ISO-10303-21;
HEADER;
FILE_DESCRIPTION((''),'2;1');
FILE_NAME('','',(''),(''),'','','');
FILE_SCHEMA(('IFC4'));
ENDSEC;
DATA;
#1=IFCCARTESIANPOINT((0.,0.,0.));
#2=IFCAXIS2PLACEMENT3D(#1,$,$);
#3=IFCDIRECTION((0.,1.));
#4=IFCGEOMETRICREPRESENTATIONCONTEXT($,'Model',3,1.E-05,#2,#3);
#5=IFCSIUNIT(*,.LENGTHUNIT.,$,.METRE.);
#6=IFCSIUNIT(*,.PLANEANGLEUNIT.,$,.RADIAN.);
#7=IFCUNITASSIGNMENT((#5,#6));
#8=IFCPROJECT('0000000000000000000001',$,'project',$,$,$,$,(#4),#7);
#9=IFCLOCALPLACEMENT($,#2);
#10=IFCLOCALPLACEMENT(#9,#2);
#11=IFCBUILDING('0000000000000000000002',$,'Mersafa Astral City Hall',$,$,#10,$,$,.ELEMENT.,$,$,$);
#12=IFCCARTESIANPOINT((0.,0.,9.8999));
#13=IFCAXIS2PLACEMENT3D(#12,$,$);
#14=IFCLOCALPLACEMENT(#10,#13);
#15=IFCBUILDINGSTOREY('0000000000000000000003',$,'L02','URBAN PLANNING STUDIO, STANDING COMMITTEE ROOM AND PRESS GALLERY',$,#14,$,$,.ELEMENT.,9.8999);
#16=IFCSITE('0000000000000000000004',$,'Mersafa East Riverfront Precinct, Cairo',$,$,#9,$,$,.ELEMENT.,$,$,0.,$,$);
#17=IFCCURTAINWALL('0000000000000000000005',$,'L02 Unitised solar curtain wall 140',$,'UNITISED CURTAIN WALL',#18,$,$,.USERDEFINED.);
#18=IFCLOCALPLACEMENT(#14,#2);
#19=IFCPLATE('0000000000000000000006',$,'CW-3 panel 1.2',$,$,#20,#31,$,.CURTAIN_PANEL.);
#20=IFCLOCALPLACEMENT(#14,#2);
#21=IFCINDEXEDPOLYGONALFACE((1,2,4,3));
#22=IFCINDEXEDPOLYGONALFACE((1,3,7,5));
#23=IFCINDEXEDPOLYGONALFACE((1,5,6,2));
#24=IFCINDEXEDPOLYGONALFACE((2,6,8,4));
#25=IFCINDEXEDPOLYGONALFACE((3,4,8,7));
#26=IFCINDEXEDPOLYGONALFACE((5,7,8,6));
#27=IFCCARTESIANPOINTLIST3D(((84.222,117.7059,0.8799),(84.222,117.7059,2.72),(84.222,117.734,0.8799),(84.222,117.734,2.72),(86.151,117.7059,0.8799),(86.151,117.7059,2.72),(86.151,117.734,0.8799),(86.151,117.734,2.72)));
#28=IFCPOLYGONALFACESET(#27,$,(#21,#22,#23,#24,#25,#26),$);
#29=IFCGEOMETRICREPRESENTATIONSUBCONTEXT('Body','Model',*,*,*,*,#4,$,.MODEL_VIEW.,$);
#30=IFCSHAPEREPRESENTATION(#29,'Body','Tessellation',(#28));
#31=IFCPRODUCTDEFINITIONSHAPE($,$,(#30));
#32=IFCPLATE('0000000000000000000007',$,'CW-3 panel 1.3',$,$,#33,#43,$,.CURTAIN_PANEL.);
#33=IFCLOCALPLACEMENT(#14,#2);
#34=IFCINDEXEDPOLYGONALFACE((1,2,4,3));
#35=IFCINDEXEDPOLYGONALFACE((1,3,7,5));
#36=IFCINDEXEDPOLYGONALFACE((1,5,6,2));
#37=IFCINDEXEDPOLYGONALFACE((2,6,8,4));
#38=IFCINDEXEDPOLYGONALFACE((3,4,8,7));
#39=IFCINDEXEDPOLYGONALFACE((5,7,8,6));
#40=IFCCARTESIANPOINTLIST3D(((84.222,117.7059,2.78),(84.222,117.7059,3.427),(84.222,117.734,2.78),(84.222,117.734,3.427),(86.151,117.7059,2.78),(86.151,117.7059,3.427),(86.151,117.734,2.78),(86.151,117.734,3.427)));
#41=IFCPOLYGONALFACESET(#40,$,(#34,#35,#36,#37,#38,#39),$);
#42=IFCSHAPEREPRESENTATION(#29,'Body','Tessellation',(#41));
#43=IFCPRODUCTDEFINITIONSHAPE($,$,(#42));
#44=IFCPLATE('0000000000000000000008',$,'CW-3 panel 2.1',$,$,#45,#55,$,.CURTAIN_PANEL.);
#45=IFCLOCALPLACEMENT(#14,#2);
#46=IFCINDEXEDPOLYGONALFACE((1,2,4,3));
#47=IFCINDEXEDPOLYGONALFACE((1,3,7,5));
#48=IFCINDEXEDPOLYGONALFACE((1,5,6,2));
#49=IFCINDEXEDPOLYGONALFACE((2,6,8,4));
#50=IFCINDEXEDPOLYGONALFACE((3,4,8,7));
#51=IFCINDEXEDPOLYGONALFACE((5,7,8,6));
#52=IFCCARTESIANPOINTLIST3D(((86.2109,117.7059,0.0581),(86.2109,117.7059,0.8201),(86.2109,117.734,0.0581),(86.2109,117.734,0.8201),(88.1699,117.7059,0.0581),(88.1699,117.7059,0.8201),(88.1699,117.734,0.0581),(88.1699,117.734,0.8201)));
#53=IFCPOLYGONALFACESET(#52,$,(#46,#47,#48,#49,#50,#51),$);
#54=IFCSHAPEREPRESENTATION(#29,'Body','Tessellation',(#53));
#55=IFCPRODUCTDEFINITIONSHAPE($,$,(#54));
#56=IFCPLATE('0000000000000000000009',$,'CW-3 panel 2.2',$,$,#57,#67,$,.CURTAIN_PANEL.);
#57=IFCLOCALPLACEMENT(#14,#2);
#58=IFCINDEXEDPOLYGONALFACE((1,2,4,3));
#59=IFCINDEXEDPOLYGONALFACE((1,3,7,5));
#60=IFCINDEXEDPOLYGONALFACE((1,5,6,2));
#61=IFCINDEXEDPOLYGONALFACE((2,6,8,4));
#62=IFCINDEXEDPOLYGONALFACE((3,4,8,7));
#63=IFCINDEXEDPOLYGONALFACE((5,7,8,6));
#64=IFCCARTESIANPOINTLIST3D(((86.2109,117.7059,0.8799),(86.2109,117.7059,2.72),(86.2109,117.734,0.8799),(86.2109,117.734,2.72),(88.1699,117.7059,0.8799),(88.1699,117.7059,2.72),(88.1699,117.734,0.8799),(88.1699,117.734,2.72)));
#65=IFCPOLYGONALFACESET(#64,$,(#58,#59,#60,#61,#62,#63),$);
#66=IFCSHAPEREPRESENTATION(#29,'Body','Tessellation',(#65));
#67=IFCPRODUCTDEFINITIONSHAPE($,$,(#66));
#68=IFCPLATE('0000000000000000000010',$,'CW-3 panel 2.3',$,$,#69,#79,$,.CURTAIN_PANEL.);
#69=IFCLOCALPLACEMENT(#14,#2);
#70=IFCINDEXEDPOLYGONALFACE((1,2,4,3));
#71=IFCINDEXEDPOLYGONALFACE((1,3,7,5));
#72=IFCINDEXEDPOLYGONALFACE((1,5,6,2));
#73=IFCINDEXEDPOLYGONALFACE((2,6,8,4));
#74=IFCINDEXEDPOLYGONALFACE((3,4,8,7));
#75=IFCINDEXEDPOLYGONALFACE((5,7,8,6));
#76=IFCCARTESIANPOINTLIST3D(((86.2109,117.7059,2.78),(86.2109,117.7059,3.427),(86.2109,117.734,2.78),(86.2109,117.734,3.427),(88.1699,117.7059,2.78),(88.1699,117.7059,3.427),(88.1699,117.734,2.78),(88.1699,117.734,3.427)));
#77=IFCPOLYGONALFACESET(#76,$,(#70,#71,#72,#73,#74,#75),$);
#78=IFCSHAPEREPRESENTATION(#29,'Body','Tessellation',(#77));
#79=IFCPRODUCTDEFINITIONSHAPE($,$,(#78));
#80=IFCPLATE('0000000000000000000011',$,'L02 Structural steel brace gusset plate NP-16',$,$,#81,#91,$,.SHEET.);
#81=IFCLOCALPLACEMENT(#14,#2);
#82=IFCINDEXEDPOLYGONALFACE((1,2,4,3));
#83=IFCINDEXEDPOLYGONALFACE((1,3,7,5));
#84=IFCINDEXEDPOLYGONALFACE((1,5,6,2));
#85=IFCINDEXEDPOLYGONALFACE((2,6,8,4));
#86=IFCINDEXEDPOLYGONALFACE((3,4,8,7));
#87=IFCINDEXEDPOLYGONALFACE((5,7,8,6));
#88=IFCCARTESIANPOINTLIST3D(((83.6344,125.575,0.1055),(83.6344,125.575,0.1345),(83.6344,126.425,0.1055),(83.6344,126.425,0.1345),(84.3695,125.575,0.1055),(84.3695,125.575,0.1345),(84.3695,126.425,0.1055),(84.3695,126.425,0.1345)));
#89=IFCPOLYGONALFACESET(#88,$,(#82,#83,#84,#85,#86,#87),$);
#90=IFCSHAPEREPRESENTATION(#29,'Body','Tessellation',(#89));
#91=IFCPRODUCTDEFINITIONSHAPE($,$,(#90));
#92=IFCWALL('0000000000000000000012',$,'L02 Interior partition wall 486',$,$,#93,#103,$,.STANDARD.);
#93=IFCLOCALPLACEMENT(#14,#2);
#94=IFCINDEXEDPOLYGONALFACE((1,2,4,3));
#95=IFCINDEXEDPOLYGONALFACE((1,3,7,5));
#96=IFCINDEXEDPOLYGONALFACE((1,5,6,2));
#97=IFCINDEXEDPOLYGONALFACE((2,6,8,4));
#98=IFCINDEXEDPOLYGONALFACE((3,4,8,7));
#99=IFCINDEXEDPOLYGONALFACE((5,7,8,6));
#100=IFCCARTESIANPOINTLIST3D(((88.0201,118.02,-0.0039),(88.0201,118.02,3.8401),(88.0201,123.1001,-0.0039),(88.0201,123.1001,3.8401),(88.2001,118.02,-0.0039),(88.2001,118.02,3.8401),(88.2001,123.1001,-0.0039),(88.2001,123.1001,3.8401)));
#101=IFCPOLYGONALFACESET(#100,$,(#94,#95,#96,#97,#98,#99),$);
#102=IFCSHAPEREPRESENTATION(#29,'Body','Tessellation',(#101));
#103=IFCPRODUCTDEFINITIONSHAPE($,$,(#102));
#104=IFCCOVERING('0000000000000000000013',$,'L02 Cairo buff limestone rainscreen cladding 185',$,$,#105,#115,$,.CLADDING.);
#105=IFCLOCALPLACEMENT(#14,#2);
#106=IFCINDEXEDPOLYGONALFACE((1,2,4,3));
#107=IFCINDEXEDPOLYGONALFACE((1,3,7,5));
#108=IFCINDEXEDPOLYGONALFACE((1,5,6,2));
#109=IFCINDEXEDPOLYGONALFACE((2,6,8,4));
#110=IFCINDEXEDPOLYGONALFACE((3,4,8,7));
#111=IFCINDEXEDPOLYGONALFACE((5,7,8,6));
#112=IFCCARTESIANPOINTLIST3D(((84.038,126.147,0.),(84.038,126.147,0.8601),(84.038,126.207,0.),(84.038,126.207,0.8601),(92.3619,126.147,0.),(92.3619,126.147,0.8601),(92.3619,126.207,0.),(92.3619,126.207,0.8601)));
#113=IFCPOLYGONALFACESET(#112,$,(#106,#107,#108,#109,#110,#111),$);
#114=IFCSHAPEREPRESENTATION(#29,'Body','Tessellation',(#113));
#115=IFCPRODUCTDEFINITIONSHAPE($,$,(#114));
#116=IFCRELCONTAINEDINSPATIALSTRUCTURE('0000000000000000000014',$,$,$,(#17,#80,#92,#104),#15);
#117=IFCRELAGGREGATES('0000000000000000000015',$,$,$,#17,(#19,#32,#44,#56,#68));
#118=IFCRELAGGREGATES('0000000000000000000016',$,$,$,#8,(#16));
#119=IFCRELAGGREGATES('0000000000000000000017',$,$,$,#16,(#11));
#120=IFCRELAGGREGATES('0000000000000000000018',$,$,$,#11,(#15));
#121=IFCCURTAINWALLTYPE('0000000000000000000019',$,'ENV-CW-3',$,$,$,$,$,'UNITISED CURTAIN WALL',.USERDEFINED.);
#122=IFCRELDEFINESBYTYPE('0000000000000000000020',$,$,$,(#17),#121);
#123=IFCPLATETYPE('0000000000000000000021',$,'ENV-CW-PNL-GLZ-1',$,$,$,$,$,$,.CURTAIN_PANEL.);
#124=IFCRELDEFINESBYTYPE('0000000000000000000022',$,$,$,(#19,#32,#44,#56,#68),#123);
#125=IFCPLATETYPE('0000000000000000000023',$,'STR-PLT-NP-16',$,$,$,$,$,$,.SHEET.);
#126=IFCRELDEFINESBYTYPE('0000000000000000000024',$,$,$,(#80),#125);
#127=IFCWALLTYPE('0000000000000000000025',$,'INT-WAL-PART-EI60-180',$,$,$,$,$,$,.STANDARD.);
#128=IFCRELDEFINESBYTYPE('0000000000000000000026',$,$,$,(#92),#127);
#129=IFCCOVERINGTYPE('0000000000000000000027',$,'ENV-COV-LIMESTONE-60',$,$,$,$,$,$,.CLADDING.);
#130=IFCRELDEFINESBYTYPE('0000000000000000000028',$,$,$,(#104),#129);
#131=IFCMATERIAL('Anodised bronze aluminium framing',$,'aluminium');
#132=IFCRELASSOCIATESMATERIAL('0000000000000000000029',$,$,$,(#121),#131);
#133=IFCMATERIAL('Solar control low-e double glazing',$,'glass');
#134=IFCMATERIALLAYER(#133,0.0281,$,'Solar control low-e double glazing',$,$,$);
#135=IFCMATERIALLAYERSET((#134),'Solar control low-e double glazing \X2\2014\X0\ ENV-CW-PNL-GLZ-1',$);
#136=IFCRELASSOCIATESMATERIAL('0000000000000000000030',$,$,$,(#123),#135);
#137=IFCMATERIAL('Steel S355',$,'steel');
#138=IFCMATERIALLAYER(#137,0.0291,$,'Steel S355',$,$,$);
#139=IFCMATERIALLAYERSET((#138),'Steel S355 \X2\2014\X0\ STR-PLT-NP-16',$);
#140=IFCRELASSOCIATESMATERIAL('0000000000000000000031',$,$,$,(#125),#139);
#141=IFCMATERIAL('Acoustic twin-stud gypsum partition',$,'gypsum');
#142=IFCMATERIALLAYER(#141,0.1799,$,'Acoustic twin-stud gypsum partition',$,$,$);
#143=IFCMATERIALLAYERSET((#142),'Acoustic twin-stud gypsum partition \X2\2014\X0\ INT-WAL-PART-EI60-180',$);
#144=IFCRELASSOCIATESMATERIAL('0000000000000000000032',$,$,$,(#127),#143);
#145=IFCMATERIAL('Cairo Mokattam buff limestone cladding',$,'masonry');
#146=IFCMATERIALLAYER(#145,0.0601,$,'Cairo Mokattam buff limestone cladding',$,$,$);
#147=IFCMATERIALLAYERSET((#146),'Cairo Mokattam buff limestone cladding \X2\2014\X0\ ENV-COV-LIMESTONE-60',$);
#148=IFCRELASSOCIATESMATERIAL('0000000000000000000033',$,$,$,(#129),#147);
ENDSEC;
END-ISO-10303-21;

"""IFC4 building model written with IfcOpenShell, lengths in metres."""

from ifc_helpers import new_model, si_unit, direction, frame, frame_2d, origin, origin_2d, place, context, subcontext, project, spatial, rectangle, extrude, material, layer, layer_set, type_object, element, aggregate, save


model = new_model("IFC4")

# Units and contexts
model_context = context("Model", 3, precision=1e-05, world=origin(), true_north=direction((0.0, 1.0)))
body_context = subcontext(model_context, "Body", "Model", "MODEL_VIEW")
ifc_project = project(units=[si_unit("LENGTHUNIT", "METRE"), si_unit("PLANEANGLEUNIT", "RADIAN")], contexts=[model_context])

# Site, building, storey
site_placement = place(None, origin())
site = spatial("IfcSite", under=ifc_project, at=site_placement, Name="Mersafa East Riverfront Precinct, Cairo", CompositionType="ELEMENT", RefElevation=0.0)
building_placement = place(site_placement, origin())
building = spatial("IfcBuilding", under=site, at=building_placement, Name="Mersafa Astral City Hall", CompositionType="ELEMENT")
storey_placement = place(building_placement, frame((0.0, 0.0, 9.8999)))
storey = spatial("IfcBuildingStorey", under=building, at=storey_placement, Name="L02", Description="URBAN PLANNING STUDIO, STANDING COMMITTEE ROOM AND PRESS GALLERY", CompositionType="ELEMENT", Elevation=9.8999)

# Shared definitions
ifc_material_1 = material(Name="Steel S355", Category="steel")

# Curtain wall
ifc_material_2 = material(Name="Anodised bronze aluminium framing", Category="aluminium")
curtain_wall_type = type_object("IfcCurtainWallType", Name="ENV-CW-3", ElementType="UNITISED CURTAIN WALL", PredefinedType="USERDEFINED", material=ifc_material_2)
curtain_wall_placement = place(storey_placement, origin())
curtain_wall = element("IfcCurtainWall", 1, at=curtain_wall_placement, inside=storey, type_object=curtain_wall_type, Name="L02 Unitised solar curtain wall 140", ObjectType="UNITISED CURTAIN WALL", PredefinedType="USERDEFINED")

# Plates
ifc_material_3 = material(Name="Solar control low-e double glazing", Category="glass")
ifc_layer_1 = layer(ifc_material_3, 0.0281, Name="Solar control low-e double glazing")
ifc_layer_set_1 = layer_set([ifc_layer_1], Name="Solar control low-e double glazing — ENV-CW-PNL-GLZ-1")
plate_type_1 = type_object("IfcPlateType", Name="ENV-CW-PNL-GLZ-1", PredefinedType="CURTAIN_PANEL", material=ifc_layer_set_1)
plate_1_placement = place(storey_placement, frame((85.1865, 117.72, 0.8799), z_axis=(0.0, 0.0, 1.0), x_axis=(1.0, 0.0, 0.0)))
plate_1 = element("IfcPlate", 2, at=plate_1_placement, type_object=plate_type_1, Name="CW-3 panel 1.2", PredefinedType="CURTAIN_PANEL", context=body_context, shape_type="SweptSolid", body=[
    extrude(rectangle(XDim=1.929, YDim=0.0281, at=origin_2d()), origin(), (0.0, 0.0, 1.0), 1.8401),
])
plate_2_placement = place(storey_placement, frame((85.1865, 117.72, 2.78), z_axis=(0.0, 0.0, 1.0), x_axis=(1.0, 0.0, 0.0)))
plate_2 = element("IfcPlate", 3, at=plate_2_placement, type_object=plate_type_1, Name="CW-3 panel 1.3", PredefinedType="CURTAIN_PANEL", context=body_context, shape_type="SweptSolid", body=[
    extrude(rectangle(XDim=1.929, YDim=0.0281, at=origin_2d()), origin(), (0.0, 0.0, 1.0), 0.647),
])
plate_3_placement = place(storey_placement, frame((87.1904, 117.72, 0.0581), z_axis=(0.0, 0.0, 1.0), x_axis=(1.0, 0.0, 0.0)))
plate_3 = element("IfcPlate", 4, at=plate_3_placement, type_object=plate_type_1, Name="CW-3 panel 2.1", PredefinedType="CURTAIN_PANEL", context=body_context, shape_type="SweptSolid", body=[
    extrude(rectangle(XDim=1.959, YDim=0.0281, at=origin_2d()), origin(), (0.0, 0.0, 1.0), 0.762),
])
plate_4_placement = place(storey_placement, frame((87.1904, 117.72, 0.8799), z_axis=(0.0, 0.0, 1.0), x_axis=(1.0, 0.0, 0.0)))
plate_4 = element("IfcPlate", 5, at=plate_4_placement, type_object=plate_type_1, Name="CW-3 panel 2.2", PredefinedType="CURTAIN_PANEL", context=body_context, shape_type="SweptSolid", body=[
    extrude(rectangle(XDim=1.959, YDim=0.0281, at=origin_2d()), origin(), (0.0, 0.0, 1.0), 1.8401),
])
plate_5_placement = place(storey_placement, frame((87.1904, 117.72, 2.78), z_axis=(0.0, 0.0, 1.0), x_axis=(1.0, 0.0, 0.0)))
plate_5 = element("IfcPlate", 6, at=plate_5_placement, type_object=plate_type_1, Name="CW-3 panel 2.3", PredefinedType="CURTAIN_PANEL", context=body_context, shape_type="SweptSolid", body=[
    extrude(rectangle(XDim=1.959, YDim=0.0281, at=origin_2d()), origin(), (0.0, 0.0, 1.0), 0.647),
])
aggregate(curtain_wall, [plate_1, plate_2, plate_3, plate_4, plate_5])
ifc_layer_2 = layer(ifc_material_1, 0.0291, Name="Steel S355")
ifc_layer_set_2 = layer_set([ifc_layer_2], Name="Steel S355 — STR-PLT-NP-16")
plate_type_2 = type_object("IfcPlateType", Name="STR-PLT-NP-16", PredefinedType="SHEET", material=ifc_layer_set_2)
plate_6_placement = place(storey_placement, frame((84.002, 126.0, 0.1055), z_axis=(0.0, 0.0, 1.0), x_axis=(1.0, 0.0, 0.0)))
element("IfcPlate", 7, at=plate_6_placement, inside=storey, type_object=plate_type_2, Name="L02 Structural steel brace gusset plate NP-16", PredefinedType="SHEET", context=body_context, shape_type="SweptSolid", body=[
    extrude(rectangle(XDim=0.7351, YDim=0.8501, at=origin_2d()), origin(), (0.0, 0.0, 1.0), 0.0291),
])

# Wall
ifc_material_4 = material(Name="Acoustic twin-stud gypsum partition", Category="gypsum")
ifc_layer_3 = layer(ifc_material_4, 0.1799, Name="Acoustic twin-stud gypsum partition")
ifc_layer_set_3 = layer_set([ifc_layer_3], Name="Acoustic twin-stud gypsum partition — INT-WAL-PART-EI60-180")
wall_type = type_object("IfcWallType", Name="INT-WAL-PART-EI60-180", PredefinedType="STANDARD", material=ifc_layer_set_3)
wall_placement = place(storey_placement, frame((88.1101, 123.1001, -0.0039), z_axis=(0.0, 0.0, 1.0), x_axis=(0.0, -1.0, 0.0)))
element("IfcWall", 8, at=wall_placement, inside=storey, type_object=wall_type, Name="L02 Interior partition wall 486", PredefinedType="STANDARD", context=body_context, shape_type="SweptSolid", body=[
    extrude(rectangle(XDim=5.0801, YDim=0.1799, at=frame_2d((2.54, 0.0))), origin(), (0.0, 0.0, 1.0), 3.844),
])

# Covering
ifc_material_5 = material(Name="Cairo Mokattam buff limestone cladding", Category="masonry")
ifc_layer_4 = layer(ifc_material_5, 0.0601, Name="Cairo Mokattam buff limestone cladding")
ifc_layer_set_4 = layer_set([ifc_layer_4], Name="Cairo Mokattam buff limestone cladding — ENV-COV-LIMESTONE-60")
covering_type = type_object("IfcCoveringType", Name="ENV-COV-LIMESTONE-60", PredefinedType="CLADDING", material=ifc_layer_set_4)
covering_placement = place(storey_placement, frame((88.2, 126.177, 0.0), z_axis=(0.0, 0.0, 1.0), x_axis=(-1.0, 0.0, 0.0)))
element("IfcCovering", 9, at=covering_placement, inside=storey, type_object=covering_type, Name="L02 Cairo buff limestone rainscreen cladding 185", PredefinedType="CLADDING", context=body_context, shape_type="SweptSolid", body=[
    extrude(rectangle(XDim=8.324, YDim=0.0601, at=origin_2d()), origin(), (0.0, 0.0, 1.0), 0.8601),
])

save(model, "model.ifc")
